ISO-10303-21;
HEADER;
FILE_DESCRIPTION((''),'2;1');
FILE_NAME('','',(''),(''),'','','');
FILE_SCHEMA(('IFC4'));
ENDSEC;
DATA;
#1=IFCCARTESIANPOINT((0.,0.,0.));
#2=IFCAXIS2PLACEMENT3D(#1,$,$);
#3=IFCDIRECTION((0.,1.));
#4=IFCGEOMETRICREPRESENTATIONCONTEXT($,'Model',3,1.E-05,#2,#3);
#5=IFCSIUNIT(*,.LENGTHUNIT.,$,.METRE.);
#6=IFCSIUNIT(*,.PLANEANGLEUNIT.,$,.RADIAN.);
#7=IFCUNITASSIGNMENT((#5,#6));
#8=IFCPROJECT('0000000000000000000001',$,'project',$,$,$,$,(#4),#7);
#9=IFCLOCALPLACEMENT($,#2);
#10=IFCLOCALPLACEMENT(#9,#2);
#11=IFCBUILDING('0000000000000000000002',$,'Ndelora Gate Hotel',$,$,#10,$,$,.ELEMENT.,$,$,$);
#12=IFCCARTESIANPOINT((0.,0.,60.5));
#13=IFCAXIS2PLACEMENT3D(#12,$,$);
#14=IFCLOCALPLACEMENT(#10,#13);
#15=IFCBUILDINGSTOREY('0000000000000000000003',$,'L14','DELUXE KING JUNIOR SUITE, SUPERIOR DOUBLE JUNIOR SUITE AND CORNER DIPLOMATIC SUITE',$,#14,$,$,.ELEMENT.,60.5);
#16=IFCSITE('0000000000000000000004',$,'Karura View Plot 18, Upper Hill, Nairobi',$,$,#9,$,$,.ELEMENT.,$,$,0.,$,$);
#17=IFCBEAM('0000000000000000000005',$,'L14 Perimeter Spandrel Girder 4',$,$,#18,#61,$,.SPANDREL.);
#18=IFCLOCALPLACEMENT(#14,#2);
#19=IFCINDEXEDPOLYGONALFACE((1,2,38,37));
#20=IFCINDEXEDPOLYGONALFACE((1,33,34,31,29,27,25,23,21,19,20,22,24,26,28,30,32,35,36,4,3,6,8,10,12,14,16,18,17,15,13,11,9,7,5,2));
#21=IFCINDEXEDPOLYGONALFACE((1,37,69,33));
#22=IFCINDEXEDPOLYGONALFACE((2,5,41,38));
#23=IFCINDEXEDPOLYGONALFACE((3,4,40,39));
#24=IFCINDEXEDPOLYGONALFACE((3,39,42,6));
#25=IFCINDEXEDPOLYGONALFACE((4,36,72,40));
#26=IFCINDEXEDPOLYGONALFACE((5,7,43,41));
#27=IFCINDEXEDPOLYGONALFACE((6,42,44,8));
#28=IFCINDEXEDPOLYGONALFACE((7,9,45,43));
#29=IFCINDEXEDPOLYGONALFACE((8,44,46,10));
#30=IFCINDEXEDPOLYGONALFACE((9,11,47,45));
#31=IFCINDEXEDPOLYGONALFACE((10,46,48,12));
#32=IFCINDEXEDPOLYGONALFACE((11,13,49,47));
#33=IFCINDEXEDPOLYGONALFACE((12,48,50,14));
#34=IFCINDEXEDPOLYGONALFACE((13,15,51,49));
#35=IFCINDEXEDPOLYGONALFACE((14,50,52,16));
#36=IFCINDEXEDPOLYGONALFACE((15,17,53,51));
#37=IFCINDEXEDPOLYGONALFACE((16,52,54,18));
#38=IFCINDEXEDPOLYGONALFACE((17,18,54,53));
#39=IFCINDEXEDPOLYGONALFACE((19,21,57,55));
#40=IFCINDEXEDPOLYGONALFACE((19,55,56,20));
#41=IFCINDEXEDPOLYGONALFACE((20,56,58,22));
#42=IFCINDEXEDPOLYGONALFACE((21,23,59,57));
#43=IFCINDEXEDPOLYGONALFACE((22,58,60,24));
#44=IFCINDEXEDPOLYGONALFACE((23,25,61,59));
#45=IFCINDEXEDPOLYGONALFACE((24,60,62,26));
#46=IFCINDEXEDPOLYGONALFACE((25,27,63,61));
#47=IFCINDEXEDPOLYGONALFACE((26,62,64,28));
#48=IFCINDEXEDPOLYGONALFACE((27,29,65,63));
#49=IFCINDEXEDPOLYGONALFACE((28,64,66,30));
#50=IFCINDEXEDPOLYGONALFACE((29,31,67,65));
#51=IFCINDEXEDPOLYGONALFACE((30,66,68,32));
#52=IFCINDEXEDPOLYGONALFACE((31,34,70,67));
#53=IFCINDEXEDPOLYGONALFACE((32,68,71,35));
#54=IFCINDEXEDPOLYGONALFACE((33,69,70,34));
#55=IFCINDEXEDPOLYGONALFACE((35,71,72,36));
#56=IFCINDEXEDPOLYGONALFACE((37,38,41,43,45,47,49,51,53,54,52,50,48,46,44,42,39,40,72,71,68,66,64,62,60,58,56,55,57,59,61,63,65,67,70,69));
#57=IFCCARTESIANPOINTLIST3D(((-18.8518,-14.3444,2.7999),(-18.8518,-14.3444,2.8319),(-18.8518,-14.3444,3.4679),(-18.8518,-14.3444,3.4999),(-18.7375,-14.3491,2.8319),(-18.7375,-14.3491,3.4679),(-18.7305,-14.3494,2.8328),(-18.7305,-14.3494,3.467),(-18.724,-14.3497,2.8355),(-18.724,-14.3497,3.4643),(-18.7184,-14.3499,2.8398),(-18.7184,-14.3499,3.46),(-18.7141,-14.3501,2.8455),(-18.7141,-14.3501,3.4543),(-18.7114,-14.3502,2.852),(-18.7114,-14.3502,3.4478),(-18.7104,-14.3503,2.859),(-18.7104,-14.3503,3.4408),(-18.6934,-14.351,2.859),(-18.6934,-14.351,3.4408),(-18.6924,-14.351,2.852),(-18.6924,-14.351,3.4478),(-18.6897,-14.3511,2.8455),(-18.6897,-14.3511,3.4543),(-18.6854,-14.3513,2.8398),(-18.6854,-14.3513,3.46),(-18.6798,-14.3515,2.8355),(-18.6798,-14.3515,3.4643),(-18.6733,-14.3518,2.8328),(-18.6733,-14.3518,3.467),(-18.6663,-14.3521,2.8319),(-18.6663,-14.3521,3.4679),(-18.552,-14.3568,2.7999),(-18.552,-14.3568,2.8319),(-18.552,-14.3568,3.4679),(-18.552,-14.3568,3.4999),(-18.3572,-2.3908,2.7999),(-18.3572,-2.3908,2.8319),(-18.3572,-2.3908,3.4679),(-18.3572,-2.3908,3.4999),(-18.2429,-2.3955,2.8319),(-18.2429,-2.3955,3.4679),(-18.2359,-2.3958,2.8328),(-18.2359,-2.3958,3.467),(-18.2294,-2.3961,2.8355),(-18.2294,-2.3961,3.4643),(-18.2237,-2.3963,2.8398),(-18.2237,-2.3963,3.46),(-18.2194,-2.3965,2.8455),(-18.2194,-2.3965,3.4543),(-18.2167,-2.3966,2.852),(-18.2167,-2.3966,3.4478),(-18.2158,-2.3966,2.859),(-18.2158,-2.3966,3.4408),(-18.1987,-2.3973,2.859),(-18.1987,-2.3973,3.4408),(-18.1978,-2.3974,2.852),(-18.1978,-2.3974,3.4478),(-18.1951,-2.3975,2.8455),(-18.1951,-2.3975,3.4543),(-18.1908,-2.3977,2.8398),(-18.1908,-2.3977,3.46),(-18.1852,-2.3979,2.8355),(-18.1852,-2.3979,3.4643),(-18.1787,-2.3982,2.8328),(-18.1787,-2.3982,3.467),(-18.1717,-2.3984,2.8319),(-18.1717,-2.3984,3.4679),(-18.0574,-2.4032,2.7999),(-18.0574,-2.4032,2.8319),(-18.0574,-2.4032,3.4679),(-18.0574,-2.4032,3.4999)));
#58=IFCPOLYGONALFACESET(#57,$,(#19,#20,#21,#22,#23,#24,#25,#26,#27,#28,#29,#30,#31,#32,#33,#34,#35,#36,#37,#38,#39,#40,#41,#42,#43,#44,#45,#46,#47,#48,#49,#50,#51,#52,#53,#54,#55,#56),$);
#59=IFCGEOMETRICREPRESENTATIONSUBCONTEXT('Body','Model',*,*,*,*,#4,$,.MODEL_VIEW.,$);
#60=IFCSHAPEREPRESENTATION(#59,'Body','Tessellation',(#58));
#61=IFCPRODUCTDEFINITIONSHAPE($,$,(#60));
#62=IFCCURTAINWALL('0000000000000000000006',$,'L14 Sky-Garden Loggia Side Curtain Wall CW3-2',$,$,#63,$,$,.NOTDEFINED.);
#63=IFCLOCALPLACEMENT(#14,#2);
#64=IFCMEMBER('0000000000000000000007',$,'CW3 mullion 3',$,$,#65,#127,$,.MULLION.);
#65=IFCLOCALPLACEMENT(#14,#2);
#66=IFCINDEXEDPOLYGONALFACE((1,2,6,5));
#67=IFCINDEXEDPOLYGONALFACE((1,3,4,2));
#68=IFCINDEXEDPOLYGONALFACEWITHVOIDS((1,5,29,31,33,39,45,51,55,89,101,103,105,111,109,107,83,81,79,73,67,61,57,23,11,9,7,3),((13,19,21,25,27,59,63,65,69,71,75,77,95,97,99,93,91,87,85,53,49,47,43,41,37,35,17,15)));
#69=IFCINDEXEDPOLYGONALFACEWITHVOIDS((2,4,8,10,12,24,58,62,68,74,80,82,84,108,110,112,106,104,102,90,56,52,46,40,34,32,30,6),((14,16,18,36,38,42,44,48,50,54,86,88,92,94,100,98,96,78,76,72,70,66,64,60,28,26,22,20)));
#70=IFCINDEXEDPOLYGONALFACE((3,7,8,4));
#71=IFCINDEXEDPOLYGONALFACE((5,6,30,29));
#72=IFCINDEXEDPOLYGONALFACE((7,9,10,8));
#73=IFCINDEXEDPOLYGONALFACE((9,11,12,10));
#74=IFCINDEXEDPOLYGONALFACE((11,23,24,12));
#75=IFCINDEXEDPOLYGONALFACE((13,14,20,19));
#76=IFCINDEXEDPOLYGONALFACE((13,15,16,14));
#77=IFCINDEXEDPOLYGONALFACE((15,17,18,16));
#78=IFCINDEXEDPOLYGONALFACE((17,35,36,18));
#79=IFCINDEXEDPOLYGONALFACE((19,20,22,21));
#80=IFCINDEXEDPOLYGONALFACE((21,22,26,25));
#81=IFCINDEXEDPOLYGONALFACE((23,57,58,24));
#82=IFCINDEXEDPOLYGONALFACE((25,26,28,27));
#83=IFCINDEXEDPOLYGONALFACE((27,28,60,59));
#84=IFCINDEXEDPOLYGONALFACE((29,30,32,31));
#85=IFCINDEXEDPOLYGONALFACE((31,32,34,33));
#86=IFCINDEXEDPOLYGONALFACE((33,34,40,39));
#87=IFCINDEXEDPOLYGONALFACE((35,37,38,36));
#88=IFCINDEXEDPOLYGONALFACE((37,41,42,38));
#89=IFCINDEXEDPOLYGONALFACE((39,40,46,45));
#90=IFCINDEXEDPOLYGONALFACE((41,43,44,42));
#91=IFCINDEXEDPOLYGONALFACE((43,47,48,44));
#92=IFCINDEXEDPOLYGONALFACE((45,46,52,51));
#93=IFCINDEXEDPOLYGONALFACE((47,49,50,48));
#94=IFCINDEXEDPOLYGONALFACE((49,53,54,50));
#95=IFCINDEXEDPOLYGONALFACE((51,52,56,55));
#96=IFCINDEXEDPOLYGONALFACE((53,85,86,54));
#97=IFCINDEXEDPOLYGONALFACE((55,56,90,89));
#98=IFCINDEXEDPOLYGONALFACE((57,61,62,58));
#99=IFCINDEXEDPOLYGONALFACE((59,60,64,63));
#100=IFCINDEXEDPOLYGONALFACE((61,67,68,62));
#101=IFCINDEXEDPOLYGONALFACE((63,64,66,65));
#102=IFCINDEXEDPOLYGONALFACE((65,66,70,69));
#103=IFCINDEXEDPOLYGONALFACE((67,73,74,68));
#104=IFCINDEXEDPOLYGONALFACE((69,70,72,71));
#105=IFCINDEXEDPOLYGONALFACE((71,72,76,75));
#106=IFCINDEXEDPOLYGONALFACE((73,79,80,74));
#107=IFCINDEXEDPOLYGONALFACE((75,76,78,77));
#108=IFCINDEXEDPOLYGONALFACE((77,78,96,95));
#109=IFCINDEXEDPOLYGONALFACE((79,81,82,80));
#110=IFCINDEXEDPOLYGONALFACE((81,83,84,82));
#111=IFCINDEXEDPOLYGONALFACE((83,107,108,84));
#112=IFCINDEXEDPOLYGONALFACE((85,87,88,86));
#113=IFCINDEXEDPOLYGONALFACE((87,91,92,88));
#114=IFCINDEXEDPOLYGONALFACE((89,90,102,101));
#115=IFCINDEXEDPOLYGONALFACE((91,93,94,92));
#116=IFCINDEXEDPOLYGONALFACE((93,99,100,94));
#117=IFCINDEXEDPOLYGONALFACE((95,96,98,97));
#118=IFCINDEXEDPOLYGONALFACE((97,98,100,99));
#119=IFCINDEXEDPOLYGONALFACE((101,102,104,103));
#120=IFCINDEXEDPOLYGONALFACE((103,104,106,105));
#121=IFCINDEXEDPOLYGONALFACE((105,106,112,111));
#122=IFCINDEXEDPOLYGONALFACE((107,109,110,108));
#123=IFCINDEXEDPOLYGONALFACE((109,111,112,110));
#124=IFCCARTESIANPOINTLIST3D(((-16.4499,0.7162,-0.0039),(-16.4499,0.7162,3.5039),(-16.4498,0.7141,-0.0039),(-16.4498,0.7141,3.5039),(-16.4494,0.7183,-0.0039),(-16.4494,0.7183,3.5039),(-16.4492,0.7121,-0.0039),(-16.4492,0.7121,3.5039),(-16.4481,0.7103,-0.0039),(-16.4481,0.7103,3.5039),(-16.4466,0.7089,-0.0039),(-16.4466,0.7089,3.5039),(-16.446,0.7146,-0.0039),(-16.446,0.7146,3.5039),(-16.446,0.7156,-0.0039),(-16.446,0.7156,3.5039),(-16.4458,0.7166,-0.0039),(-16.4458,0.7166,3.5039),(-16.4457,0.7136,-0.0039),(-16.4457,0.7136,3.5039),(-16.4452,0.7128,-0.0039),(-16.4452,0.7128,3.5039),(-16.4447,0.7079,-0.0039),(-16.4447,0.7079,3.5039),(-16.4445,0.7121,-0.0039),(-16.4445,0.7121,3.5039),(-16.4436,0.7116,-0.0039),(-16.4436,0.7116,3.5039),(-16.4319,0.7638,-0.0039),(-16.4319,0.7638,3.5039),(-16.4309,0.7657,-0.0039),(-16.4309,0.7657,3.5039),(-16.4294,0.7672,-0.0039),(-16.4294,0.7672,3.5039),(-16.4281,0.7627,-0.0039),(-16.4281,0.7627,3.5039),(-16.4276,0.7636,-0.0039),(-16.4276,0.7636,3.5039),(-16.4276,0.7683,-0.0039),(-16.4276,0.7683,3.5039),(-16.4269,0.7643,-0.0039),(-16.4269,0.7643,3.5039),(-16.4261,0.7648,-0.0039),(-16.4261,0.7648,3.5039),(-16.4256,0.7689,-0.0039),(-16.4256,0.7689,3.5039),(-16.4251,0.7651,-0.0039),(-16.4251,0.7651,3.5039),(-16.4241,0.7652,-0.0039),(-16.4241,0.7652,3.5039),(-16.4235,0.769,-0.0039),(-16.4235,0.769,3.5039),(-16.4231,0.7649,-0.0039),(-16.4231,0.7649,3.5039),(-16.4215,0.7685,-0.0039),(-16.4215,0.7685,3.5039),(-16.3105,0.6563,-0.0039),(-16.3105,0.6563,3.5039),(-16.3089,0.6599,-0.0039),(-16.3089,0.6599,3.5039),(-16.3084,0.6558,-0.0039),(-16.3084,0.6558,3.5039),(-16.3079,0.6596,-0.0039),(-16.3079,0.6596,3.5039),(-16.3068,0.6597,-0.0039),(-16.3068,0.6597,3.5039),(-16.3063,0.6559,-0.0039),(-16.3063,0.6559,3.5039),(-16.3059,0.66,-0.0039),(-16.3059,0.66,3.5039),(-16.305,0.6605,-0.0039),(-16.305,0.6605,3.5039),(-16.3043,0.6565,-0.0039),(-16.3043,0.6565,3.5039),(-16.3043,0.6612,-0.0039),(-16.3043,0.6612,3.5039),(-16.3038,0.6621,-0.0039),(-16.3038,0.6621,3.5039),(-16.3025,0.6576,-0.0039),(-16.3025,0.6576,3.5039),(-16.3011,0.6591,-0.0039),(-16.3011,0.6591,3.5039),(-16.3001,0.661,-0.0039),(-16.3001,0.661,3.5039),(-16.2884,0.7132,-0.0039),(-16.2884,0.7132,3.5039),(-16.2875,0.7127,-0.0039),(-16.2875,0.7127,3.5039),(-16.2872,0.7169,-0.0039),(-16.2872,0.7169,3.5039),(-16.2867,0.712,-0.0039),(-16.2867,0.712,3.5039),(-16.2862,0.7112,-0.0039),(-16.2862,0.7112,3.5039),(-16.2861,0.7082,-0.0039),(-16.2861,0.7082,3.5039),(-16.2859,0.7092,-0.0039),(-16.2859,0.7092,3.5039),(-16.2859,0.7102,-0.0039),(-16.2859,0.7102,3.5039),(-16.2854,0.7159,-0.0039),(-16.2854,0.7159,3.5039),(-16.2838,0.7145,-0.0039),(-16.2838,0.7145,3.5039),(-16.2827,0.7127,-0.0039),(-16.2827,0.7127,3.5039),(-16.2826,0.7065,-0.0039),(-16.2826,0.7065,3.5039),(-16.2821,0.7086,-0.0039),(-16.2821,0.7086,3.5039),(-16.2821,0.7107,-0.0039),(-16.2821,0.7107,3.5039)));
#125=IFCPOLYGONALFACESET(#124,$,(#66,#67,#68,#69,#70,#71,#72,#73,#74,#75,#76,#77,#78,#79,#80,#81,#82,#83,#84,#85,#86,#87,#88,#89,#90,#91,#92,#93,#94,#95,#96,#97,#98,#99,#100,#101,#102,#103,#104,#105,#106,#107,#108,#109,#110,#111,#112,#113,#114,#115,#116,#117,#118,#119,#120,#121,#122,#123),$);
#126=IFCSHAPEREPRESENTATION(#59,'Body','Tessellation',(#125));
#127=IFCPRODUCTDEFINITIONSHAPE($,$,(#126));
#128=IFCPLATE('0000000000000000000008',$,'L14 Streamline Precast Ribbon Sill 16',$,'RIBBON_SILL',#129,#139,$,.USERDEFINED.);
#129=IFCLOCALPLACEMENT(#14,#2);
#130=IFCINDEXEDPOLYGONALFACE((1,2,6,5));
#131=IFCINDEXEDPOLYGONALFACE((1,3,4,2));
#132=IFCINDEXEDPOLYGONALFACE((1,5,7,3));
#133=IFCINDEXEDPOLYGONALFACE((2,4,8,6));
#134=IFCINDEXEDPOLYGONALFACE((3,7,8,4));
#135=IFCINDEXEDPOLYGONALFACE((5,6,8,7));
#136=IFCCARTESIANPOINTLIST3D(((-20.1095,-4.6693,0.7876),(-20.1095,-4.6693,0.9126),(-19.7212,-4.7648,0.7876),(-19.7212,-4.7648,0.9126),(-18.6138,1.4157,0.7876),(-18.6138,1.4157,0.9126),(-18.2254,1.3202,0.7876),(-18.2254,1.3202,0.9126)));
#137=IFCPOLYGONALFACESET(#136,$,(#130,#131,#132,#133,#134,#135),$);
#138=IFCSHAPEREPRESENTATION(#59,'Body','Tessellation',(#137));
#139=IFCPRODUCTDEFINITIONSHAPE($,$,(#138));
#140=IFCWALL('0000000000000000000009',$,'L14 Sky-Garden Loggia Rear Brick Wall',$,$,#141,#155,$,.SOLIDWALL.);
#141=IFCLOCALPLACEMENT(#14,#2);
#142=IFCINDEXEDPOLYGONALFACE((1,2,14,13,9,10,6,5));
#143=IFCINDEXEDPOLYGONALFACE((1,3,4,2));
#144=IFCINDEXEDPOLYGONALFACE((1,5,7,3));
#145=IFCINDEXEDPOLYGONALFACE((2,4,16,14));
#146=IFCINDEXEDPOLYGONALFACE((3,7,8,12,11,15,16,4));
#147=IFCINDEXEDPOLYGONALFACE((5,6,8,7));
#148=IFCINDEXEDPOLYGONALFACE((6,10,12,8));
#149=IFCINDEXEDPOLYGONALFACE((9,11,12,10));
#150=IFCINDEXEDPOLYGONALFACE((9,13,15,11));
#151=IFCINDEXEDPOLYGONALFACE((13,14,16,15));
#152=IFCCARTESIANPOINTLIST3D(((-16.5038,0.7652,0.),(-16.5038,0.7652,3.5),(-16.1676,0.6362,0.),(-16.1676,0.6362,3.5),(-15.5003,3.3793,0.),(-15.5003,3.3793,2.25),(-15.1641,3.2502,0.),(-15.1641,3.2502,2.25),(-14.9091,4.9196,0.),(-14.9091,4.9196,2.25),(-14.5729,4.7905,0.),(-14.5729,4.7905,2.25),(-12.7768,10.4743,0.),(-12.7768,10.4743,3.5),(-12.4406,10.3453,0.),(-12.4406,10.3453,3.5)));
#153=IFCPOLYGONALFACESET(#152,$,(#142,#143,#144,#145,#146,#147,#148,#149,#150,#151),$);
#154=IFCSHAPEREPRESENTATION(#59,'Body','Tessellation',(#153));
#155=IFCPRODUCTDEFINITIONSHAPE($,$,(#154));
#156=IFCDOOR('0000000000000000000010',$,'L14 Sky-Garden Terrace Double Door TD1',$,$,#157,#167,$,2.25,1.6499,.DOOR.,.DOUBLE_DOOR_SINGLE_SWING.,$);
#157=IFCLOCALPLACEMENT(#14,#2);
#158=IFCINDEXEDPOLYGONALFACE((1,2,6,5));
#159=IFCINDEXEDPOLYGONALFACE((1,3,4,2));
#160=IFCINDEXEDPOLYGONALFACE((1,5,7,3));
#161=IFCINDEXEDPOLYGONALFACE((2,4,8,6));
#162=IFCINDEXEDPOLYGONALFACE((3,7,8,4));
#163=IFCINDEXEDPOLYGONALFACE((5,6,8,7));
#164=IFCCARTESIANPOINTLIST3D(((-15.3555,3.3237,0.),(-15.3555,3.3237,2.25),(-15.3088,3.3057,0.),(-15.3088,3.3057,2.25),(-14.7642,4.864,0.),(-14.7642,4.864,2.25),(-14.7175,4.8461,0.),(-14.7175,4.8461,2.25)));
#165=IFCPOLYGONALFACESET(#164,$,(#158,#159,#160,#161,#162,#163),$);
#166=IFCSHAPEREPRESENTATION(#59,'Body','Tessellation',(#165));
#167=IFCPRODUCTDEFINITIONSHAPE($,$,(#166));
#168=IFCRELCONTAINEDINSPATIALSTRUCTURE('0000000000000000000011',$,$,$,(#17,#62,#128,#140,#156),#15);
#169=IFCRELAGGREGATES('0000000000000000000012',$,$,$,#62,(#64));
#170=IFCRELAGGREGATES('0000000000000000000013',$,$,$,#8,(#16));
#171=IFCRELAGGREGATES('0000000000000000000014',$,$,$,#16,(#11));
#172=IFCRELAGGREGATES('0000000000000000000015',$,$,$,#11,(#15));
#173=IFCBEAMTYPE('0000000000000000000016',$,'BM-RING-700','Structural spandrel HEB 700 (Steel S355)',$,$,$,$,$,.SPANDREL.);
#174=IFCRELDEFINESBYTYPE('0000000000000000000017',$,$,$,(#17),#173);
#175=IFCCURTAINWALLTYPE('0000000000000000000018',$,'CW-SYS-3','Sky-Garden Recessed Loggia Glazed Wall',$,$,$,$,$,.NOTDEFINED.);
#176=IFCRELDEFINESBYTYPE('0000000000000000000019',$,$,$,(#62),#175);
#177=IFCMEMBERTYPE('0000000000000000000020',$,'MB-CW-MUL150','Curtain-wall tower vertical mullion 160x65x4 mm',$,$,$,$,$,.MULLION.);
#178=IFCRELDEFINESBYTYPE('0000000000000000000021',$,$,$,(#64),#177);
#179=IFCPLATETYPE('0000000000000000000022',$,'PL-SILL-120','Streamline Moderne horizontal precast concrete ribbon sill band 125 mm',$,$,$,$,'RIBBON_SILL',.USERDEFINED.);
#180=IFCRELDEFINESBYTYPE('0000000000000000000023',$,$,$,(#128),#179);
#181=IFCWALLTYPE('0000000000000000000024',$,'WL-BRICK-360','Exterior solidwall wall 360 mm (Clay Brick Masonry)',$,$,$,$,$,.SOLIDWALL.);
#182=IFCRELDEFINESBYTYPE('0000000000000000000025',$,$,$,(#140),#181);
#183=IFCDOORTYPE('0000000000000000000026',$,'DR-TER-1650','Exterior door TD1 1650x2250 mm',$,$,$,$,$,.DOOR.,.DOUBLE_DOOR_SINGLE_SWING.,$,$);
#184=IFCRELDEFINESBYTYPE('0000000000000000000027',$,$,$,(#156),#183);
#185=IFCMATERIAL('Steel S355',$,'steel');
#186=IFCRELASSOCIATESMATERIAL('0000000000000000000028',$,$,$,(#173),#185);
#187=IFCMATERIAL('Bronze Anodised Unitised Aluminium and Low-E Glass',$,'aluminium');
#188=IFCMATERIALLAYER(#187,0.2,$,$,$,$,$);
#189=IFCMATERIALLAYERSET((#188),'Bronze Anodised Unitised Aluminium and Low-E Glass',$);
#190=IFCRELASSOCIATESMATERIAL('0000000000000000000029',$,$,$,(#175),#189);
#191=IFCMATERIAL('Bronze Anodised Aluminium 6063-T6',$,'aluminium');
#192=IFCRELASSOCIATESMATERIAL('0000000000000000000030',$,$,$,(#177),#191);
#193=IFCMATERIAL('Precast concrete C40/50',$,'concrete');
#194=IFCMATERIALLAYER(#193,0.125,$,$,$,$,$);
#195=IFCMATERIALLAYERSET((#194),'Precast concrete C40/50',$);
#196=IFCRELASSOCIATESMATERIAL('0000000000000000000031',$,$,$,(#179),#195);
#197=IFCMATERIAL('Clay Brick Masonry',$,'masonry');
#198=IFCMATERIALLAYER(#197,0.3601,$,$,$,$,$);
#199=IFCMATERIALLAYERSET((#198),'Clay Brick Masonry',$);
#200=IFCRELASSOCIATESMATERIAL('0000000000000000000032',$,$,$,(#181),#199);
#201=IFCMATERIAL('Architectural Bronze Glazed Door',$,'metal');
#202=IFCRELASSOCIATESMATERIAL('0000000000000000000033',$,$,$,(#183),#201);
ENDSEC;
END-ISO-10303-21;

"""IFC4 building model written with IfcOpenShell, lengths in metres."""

from ifc_helpers import new_model, si_unit, direction, frame, frame_2d, origin, origin_2d, place, context, subcontext, project, spatial, rectangle, hollow_rectangle, i_section, extrude, material, layer, layer_set, material_profile, profile_set, type_object, element, fill, aggregate, save


model = new_model("IFC4")

# Units and contexts
model_context = context("Model", 3, precision=1e-05, world=origin(), true_north=direction((0.0, 1.0)))
body_context = subcontext(model_context, "Body", "Model", "MODEL_VIEW")
ifc_project = project(units=[si_unit("LENGTHUNIT", "METRE"), si_unit("PLANEANGLEUNIT", "RADIAN")], contexts=[model_context])

# Site, building, storey
site_placement = place(None, origin())
site = spatial("IfcSite", under=ifc_project, at=site_placement, Name="Karura View Plot 18, Upper Hill, Nairobi", CompositionType="ELEMENT", RefElevation=0.0)
building_placement = place(site_placement, origin())
building = spatial("IfcBuilding", under=site, at=building_placement, Name="Ndelora Gate Hotel", CompositionType="ELEMENT")
storey_placement = place(building_placement, frame((0.0, 0.0, 60.5)))
storey = spatial("IfcBuildingStorey", under=building, at=storey_placement, Name="L14", Description="DELUXE KING JUNIOR SUITE, SUPERIOR DOUBLE JUNIOR SUITE AND CORNER DIPLOMATIC SUITE", CompositionType="ELEMENT", Elevation=60.5)

# Beam
ifc_material_1 = material(Name="Steel S355", Category="steel")
ifc_material_profile_1 = material_profile(ifc_material_1, i_section(OverallWidth=0.3, OverallDepth=0.7, WebThickness=0.0171, FlangeThickness=0.032, FilletRadius=0.0271, at=origin_2d()), Name="HEB 700")
ifc_profile_set_1 = profile_set([ifc_material_profile_1], Name="Steel S355")
beam_type_1 = type_object("IfcBeamType", Name="BM-RING-700", Description="Structural spandrel HEB 700 (Steel S355)", PredefinedType="SPANDREL", material=ifc_profile_set_1)
beam_1_placement = place(storey_placement, frame((-18.2073, -2.397, 3.1499), z_axis=(-0.041344, -0.999145, 0.0), x_axis=(0.999145, -0.041344, 0.0)))
element("IfcBeam", 1, at=beam_1_placement, inside=storey, type_object=beam_type_1, Name="L14 Perimeter Spandrel Girder 4", PredefinedType="SPANDREL", context=body_context, shape_type="SweptSolid", body=[
    extrude(i_section(OverallWidth=0.3, OverallDepth=0.7, WebThickness=0.0171, FlangeThickness=0.032, FilletRadius=0.0271, at=origin_2d()), origin(), (0.0, 0.0, 1.0), 11.9639),
])

# Curtain wall, member
ifc_material_2 = material(Name="Bronze Anodised Unitised Aluminium and Low-E Glass", Category="aluminium")
ifc_layer_1 = layer(ifc_material_2, 0.2)
ifc_layer_set_1 = layer_set([ifc_layer_1], Name="Bronze Anodised Unitised Aluminium and Low-E Glass")
curtain_wall_type = type_object("IfcCurtainWallType", Name="CW-SYS-3", Description="Sky-Garden Recessed Loggia Glazed Wall", PredefinedType="NOTDEFINED", material=ifc_layer_set_1)
curtain_wall_placement = place(storey_placement, origin())
curtain_wall = element("IfcCurtainWall", 2, at=curtain_wall_placement, inside=storey, type_object=curtain_wall_type, Name="L14 Sky-Garden Loggia Side Curtain Wall CW3-2", PredefinedType="NOTDEFINED")
ifc_material_3 = material(Name="Bronze Anodised Aluminium 6063-T6", Category="aluminium")
ifc_material_profile_2 = material_profile(ifc_material_3, hollow_rectangle(XDim=0.0649, YDim=0.1599, WallThickness=0.0039, InnerFilletRadius=0.0039, OuterFilletRadius=0.0081, at=origin_2d()), Name="ALU 160x65x4")
ifc_profile_set_2 = profile_set([ifc_material_profile_2], Name="Bronze Anodised Aluminium 6063-T6")
member_type = type_object("IfcMemberType", Name="MB-CW-MUL150", Description="Curtain-wall tower vertical mullion 160x65x4 mm", PredefinedType="MULLION", material=ifc_profile_set_2)
member_placement = place(storey_placement, frame((-16.366, 0.7124, -0.0039), z_axis=(0.0, 0.0, 1.0), x_axis=(0.358376, 0.933577, 0.0)))
member = element("IfcMember", 3, at=member_placement, type_object=member_type, Name="CW3 mullion 3", PredefinedType="MULLION", context=body_context, shape_type="SweptSolid", body=[
    extrude(hollow_rectangle(XDim=0.0649, YDim=0.1599, WallThickness=0.0039, InnerFilletRadius=0.0039, OuterFilletRadius=0.0081, at=origin_2d()), origin(), (0.0, 0.0, 1.0), 3.5078),
])
aggregate(curtain_wall, [member])

# Plate
ifc_material_4 = material(Name="Precast concrete C40/50", Category="concrete")
ifc_layer_2 = layer(ifc_material_4, 0.125)
ifc_layer_set_2 = layer_set([ifc_layer_2], Name="Precast concrete C40/50")
plate_type = type_object("IfcPlateType", Name="PL-SILL-120", Description="Streamline Moderne horizontal precast concrete ribbon sill band 125 mm", ElementType="RIBBON_SILL", PredefinedType="USERDEFINED", material=ifc_layer_set_2)
plate_placement = place(storey_placement, frame((-19.1675, -1.6746, 0.7876), z_axis=(0.0, 0.0, 1.0), x_axis=(0.238703, 0.971093, 0.0)))
element("IfcPlate", 4, at=plate_placement, inside=storey, type_object=plate_type, Name="L14 Streamline Precast Ribbon Sill 16", ObjectType="RIBBON_SILL", PredefinedType="USERDEFINED", context=body_context, shape_type="SweptSolid", body=[
    extrude(rectangle(XDim=6.2661, YDim=0.3999, at=origin_2d()), origin(), (0.0, 0.0, 1.0), 0.125),
])

# Wall, opening, door
ifc_material_5 = material(Name="Clay Brick Masonry", Category="masonry")
ifc_layer_3 = layer(ifc_material_5, 0.3601)
ifc_layer_set_3 = layer_set([ifc_layer_3], Name="Clay Brick Masonry")
wall_type_1 = type_object("IfcWallType", Name="WL-BRICK-360", Description="Exterior solidwall wall 360 mm (Clay Brick Masonry)", PredefinedType="SOLIDWALL", material=ifc_layer_set_3)
wall_1_placement = place(storey_placement, frame((-16.3357, 0.7007, 0.0), z_axis=(0.0, 0.0, 1.0), x_axis=(0.35837, 0.93358, 0.0)))
wall_1 = element("IfcWall", 5, at=wall_1_placement, inside=storey, type_object=wall_type_1, Name="L14 Sky-Garden Loggia Rear Brick Wall", PredefinedType="SOLIDWALL", context=body_context, shape_type="SweptSolid", body=[
    extrude(rectangle(XDim=10.3999, YDim=0.3601, at=frame_2d((5.2, 0.0))), origin(), (0.0, 0.0, 1.0), 3.5),
])
opening_1_placement = place(wall_1_placement, frame((2.8, 0.0, 0.0)))
opening_1 = element("IfcOpeningElement", 6, at=opening_1_placement, cuts=wall_1, PredefinedType="OPENING", context=body_context, shape_type="SweptSolid", body=[
    extrude(rectangle(XDim=1.6499, YDim=2.25, at=frame_2d((0.825, 1.125))), frame((0.0, 0.1899, 0.0), z_axis=(0.0, -1.0, 0.0), x_axis=(1.0, 0.0, 0.0)), (0.0, 0.0, 1.0), 0.3801),
])
ifc_material_6 = material(Name="Architectural Bronze Glazed Door", Category="metal")
door_type_1 = type_object("IfcDoorType", Name="DR-TER-1650", Description="Exterior door TD1 1650x2250 mm", OperationType="DOUBLE_DOOR_SINGLE_SWING", PredefinedType="DOOR", material=ifc_material_6)
door_1_placement = place(opening_1_placement, origin())
door_1 = element("IfcDoor", 7, at=door_1_placement, inside=storey, type_object=door_type_1, Name="L14 Sky-Garden Terrace Double Door TD1", OperationType="DOUBLE_DOOR_SINGLE_SWING", OverallHeight=2.25, OverallWidth=1.6499, PredefinedType="DOOR", context=body_context, shape_type="SweptSolid", body=[
    extrude(rectangle(XDim=1.6499, YDim=2.25, at=frame_2d((0.825, 1.125))), frame((0.0, 0.0249, 0.0), z_axis=(0.0, -1.0, 0.0), x_axis=(1.0, 0.0, 0.0)), (0.0, 0.0, 1.0), 0.05),
])
fill(opening_1, door_1)

save(model, "model.ifc")
